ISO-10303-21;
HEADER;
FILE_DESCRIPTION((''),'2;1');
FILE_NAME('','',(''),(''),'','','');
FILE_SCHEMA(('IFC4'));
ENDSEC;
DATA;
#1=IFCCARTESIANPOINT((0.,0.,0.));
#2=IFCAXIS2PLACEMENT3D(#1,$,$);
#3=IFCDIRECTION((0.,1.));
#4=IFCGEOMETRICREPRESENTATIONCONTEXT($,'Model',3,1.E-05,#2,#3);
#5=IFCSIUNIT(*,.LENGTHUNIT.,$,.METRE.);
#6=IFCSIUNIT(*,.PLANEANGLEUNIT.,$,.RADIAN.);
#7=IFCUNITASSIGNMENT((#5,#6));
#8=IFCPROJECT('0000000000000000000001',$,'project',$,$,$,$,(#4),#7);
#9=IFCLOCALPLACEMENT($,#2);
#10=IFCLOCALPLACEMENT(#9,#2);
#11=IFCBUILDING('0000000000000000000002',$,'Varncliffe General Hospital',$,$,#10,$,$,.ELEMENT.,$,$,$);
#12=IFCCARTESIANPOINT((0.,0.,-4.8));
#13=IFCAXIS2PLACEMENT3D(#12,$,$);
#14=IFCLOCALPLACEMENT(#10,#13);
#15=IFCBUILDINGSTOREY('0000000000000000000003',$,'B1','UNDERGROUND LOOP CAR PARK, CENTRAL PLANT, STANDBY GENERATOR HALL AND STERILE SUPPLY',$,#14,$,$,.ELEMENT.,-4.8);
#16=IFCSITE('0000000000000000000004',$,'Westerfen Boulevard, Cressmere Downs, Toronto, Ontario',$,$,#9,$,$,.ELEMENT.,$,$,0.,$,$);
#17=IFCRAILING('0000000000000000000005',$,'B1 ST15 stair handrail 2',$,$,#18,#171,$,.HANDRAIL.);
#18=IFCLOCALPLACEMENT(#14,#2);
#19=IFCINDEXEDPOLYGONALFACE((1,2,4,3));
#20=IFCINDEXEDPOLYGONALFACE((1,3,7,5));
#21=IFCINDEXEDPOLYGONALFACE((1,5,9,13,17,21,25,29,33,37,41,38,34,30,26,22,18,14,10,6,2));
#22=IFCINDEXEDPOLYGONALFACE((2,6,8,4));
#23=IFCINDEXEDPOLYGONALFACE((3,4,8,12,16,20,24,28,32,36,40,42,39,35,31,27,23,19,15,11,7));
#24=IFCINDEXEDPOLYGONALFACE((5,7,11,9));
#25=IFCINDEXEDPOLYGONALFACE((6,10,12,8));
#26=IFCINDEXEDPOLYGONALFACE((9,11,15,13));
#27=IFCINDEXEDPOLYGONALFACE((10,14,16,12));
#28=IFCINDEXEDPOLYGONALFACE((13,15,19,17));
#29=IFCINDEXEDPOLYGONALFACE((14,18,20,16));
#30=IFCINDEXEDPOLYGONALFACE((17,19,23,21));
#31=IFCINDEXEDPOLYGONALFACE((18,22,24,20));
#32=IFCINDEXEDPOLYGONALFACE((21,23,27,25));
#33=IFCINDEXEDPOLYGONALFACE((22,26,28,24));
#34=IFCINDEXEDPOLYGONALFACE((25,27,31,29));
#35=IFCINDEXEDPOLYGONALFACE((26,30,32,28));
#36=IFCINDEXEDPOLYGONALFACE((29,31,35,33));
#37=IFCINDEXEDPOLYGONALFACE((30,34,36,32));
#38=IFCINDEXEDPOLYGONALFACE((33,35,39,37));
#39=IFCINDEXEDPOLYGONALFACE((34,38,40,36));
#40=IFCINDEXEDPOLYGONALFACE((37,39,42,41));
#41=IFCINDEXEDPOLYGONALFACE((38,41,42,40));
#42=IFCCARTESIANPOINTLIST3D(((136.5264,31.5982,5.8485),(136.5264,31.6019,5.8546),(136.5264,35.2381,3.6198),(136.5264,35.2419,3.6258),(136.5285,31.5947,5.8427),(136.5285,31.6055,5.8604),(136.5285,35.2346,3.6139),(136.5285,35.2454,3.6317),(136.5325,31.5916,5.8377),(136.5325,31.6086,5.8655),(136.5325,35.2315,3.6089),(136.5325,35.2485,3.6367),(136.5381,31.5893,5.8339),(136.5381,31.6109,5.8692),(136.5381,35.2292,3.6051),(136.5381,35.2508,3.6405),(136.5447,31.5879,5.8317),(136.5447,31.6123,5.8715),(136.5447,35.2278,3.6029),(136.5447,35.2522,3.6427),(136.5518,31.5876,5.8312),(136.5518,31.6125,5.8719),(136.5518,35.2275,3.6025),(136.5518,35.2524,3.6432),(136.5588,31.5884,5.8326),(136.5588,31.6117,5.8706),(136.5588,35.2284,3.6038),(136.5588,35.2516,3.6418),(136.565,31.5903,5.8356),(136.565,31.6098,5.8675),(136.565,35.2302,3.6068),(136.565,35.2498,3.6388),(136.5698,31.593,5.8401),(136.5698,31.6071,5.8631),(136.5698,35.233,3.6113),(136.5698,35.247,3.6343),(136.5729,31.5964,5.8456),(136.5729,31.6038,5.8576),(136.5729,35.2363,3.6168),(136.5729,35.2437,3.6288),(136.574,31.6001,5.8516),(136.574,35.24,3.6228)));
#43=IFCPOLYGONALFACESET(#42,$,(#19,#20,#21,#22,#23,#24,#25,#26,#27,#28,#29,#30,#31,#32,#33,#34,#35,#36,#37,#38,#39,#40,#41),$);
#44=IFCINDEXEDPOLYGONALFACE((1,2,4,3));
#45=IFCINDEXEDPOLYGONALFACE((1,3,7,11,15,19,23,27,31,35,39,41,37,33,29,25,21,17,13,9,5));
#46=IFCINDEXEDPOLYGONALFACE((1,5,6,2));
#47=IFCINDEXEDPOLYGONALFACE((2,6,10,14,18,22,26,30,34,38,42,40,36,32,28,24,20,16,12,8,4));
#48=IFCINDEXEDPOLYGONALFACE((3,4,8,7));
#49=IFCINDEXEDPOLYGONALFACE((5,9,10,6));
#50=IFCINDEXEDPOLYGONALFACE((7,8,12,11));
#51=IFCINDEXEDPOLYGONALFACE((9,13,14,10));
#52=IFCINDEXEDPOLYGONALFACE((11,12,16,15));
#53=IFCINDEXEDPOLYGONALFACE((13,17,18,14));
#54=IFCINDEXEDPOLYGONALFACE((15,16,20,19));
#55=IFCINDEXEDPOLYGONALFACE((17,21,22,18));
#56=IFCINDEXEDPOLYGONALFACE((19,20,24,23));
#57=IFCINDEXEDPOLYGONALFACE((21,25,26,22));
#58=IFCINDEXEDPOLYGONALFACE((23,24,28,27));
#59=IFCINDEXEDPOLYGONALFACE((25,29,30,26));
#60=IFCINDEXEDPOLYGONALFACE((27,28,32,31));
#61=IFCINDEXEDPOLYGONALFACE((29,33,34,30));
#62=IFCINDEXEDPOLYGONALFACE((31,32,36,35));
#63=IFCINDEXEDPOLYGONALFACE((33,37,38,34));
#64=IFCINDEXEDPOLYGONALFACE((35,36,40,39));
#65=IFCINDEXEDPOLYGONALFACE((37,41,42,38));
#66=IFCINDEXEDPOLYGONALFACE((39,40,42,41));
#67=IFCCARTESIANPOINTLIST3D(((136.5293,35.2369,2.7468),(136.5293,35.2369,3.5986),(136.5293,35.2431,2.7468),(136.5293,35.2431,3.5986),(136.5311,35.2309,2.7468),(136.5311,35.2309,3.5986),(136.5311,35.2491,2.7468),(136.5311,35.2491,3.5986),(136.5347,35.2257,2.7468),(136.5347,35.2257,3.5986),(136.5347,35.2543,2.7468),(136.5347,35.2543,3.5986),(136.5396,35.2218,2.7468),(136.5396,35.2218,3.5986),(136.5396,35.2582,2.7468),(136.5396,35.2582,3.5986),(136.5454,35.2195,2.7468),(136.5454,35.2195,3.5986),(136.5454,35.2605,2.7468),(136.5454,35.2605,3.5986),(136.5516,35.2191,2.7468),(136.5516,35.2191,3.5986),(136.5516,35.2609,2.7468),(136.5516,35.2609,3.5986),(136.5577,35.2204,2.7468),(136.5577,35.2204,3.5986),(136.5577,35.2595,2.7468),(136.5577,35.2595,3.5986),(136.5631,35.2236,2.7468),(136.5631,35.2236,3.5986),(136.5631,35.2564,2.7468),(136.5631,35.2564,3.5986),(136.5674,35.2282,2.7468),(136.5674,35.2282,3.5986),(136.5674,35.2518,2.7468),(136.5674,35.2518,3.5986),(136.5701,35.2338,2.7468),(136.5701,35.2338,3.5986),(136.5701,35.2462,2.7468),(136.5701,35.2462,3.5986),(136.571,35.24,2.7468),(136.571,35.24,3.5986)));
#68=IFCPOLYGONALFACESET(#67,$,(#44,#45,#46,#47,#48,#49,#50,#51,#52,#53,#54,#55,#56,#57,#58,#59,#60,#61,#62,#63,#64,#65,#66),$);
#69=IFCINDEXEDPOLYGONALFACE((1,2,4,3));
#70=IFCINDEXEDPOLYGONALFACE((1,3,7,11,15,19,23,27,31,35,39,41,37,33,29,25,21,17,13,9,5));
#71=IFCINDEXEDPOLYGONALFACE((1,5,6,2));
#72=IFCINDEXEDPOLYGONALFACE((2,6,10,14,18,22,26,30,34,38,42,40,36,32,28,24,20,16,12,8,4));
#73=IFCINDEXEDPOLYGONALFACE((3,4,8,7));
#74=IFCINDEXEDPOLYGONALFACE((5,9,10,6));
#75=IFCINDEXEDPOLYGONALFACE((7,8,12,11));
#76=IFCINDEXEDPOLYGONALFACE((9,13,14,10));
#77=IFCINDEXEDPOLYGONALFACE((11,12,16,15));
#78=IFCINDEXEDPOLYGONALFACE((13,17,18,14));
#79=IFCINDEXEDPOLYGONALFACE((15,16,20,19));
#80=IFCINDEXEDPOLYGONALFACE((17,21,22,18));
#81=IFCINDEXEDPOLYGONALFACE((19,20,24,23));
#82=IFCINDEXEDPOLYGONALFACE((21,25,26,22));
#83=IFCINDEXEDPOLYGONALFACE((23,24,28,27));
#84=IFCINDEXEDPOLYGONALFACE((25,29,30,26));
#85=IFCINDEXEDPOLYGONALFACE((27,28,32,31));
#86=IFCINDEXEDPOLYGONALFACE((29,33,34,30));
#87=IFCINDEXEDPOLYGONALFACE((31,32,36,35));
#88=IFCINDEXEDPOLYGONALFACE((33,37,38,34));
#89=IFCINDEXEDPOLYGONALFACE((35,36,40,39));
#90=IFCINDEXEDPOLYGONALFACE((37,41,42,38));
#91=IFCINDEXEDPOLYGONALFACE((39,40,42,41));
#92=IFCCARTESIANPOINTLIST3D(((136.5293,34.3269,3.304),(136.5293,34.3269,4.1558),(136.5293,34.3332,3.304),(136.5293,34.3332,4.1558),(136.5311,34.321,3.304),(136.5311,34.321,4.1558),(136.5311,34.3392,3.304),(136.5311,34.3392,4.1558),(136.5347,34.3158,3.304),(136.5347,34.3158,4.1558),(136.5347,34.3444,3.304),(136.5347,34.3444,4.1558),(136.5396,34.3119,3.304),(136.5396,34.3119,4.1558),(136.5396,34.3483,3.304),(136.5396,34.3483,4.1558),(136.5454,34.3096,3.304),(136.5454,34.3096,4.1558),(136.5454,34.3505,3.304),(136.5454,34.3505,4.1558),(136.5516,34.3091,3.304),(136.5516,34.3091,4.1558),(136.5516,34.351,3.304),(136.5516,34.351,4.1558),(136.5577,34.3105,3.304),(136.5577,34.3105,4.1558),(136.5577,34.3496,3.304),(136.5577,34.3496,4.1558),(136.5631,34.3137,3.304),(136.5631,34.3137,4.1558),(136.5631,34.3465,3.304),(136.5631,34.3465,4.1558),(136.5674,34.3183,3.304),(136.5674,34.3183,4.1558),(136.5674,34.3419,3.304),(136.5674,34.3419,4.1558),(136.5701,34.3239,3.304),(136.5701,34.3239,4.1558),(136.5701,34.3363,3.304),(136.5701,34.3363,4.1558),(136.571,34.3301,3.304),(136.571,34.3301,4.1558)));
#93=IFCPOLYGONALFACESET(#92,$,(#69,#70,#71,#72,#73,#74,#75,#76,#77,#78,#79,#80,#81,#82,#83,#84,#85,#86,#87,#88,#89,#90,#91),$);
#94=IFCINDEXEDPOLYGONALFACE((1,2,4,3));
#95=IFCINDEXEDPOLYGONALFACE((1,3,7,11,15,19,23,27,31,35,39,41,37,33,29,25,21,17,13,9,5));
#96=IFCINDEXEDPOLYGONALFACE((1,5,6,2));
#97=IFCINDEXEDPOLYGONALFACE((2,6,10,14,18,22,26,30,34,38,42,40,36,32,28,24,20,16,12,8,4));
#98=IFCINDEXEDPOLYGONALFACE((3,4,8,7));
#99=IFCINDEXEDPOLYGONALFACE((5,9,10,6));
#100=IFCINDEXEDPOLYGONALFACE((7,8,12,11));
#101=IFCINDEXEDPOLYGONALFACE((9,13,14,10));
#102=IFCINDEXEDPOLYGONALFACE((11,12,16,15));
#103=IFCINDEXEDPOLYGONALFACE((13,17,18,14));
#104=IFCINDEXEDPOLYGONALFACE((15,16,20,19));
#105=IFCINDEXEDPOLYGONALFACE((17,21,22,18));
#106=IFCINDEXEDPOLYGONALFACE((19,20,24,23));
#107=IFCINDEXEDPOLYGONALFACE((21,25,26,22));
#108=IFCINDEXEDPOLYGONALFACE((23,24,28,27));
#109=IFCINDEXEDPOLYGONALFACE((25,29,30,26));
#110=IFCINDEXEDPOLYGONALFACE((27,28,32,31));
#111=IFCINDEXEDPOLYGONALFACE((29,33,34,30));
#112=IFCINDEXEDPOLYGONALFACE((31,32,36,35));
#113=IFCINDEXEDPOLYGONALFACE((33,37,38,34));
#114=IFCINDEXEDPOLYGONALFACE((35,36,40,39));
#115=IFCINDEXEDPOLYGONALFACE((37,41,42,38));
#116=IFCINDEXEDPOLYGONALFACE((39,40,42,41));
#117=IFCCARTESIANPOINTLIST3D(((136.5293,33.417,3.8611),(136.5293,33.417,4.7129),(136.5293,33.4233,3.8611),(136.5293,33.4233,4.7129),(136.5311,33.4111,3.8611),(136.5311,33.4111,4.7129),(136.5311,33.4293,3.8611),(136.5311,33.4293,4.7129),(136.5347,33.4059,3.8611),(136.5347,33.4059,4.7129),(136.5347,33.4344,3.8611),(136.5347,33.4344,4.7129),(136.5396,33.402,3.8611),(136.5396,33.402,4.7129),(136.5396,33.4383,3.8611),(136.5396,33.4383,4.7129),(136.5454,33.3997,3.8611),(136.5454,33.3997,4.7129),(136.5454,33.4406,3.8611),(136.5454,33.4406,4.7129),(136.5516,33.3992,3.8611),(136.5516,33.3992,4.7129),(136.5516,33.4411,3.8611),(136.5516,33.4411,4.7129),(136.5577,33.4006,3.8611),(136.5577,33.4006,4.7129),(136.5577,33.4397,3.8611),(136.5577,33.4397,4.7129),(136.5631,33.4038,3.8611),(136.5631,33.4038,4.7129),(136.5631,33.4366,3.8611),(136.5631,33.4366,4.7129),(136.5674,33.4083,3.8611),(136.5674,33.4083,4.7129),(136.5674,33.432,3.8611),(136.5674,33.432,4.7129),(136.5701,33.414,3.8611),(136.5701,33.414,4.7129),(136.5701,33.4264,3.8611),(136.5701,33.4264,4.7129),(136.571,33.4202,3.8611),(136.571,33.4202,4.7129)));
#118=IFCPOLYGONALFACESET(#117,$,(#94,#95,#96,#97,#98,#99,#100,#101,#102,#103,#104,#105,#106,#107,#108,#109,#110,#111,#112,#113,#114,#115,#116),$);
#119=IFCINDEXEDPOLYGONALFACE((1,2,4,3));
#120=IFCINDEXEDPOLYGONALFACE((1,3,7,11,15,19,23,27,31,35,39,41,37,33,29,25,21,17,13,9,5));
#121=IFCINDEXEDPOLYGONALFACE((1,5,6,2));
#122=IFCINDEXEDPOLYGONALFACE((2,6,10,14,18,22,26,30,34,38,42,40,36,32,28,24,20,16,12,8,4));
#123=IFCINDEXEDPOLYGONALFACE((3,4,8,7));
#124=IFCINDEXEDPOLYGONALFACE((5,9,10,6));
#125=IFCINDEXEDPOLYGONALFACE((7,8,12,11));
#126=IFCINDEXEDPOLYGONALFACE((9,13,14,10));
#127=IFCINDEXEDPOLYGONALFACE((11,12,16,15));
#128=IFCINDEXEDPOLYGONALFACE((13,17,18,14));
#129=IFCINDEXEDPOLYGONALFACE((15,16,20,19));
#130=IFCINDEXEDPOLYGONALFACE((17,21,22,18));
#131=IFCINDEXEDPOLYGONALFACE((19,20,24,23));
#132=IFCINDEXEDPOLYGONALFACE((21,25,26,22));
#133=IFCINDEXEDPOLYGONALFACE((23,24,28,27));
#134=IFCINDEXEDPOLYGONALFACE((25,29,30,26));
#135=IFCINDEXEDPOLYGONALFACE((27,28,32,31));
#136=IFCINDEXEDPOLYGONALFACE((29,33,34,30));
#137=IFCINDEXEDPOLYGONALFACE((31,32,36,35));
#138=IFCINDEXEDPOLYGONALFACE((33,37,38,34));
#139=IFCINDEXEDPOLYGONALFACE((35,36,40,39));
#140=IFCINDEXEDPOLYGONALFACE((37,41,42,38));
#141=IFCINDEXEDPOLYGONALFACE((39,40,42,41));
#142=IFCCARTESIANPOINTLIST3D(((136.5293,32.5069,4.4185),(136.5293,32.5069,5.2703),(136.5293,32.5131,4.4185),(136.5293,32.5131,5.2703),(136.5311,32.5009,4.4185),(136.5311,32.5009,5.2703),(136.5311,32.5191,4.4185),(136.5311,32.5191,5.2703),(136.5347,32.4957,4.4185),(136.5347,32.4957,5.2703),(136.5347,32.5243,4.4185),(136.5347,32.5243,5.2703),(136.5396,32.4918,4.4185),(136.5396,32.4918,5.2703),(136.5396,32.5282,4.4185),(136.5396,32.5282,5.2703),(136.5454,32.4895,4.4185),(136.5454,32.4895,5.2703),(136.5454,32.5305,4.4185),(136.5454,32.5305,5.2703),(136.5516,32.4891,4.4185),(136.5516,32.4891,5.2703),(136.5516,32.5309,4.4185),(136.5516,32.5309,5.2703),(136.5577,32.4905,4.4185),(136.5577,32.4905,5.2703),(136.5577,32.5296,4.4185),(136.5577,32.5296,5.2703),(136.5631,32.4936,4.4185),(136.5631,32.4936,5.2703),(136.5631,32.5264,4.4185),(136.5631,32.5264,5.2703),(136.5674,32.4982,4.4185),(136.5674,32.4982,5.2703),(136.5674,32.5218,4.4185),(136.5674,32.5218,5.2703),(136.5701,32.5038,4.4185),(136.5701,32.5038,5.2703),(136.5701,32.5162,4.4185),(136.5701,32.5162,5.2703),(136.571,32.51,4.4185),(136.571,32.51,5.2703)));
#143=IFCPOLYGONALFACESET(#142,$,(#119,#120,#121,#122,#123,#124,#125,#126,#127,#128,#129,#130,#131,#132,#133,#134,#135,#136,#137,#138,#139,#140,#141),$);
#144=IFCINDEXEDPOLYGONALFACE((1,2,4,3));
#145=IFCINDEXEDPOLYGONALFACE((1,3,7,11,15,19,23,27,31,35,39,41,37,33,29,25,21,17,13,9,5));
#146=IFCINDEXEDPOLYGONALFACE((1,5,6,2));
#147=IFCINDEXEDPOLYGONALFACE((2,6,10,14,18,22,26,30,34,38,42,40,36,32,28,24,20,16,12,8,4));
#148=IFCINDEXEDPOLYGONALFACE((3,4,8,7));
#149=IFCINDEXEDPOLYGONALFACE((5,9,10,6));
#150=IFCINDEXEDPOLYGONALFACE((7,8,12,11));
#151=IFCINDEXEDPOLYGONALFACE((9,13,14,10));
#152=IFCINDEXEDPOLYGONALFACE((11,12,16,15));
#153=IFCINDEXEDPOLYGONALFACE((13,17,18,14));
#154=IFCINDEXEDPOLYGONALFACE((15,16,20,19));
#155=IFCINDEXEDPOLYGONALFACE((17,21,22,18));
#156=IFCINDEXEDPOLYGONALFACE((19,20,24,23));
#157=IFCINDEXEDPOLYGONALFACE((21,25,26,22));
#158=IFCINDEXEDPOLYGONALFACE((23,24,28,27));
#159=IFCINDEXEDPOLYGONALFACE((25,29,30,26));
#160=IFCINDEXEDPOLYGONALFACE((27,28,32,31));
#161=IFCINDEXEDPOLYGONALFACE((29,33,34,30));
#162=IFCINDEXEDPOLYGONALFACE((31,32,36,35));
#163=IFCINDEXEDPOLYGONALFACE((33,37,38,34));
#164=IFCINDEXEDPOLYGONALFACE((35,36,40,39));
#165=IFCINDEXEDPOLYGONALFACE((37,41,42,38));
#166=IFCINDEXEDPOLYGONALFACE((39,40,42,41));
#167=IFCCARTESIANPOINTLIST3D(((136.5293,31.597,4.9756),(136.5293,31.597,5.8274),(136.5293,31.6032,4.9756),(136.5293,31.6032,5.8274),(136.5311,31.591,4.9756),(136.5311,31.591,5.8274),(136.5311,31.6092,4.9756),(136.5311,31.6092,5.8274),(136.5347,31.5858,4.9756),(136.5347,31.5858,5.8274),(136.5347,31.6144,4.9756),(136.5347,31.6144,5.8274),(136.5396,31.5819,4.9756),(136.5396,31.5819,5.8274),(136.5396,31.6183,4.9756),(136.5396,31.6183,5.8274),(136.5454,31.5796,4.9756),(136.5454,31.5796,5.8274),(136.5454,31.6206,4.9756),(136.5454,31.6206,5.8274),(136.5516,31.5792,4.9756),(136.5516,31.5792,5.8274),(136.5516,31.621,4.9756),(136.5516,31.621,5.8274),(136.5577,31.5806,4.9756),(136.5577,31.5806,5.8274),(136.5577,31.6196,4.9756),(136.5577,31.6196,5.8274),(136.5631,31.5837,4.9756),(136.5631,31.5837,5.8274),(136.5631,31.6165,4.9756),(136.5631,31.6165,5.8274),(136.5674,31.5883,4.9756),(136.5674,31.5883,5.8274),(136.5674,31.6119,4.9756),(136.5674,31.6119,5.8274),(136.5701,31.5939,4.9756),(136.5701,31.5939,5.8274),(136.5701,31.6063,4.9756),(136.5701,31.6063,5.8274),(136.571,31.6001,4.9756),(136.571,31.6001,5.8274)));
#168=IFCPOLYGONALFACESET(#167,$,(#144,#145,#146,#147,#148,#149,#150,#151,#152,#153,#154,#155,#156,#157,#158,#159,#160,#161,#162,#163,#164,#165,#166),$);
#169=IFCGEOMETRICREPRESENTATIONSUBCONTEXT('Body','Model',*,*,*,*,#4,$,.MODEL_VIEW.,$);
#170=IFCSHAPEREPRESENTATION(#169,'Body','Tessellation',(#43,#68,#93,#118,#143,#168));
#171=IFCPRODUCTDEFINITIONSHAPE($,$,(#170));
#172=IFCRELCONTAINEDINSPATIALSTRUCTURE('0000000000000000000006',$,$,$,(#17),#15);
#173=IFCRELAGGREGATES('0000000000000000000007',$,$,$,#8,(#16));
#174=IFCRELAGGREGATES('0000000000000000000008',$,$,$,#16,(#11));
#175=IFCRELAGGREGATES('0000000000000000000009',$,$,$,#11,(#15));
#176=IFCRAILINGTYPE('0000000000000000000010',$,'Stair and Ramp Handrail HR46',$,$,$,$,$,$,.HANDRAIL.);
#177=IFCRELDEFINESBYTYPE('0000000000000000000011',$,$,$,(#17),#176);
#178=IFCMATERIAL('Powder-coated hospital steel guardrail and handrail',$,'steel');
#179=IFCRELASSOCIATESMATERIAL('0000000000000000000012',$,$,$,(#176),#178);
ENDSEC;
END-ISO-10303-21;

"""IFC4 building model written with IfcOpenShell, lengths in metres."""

from ifc_helpers import new_model, si_unit, direction, frame, origin, origin_2d, place, context, subcontext, project, spatial, circle, extrude, material, type_object, element, save


model = new_model("IFC4")

# Units and contexts
model_context = context("Model", 3, precision=1e-05, world=origin(), true_north=direction((0.0, 1.0)))
body_context = subcontext(model_context, "Body", "Model", "MODEL_VIEW")
ifc_project = project(units=[si_unit("LENGTHUNIT", "METRE"), si_unit("PLANEANGLEUNIT", "RADIAN")], contexts=[model_context])

# Site, building, storey
site_placement = place(None, origin())
site = spatial("IfcSite", under=ifc_project, at=site_placement, Name="Westerfen Boulevard, Cressmere Downs, Toronto, Ontario", CompositionType="ELEMENT", RefElevation=0.0)
building_placement = place(site_placement, origin())
building = spatial("IfcBuilding", under=site, at=building_placement, Name="Varncliffe General Hospital", CompositionType="ELEMENT")
storey_placement = place(building_placement, frame((0.0, 0.0, -4.8)))
storey = spatial("IfcBuildingStorey", under=building, at=storey_placement, Name="B1", Description="UNDERGROUND LOOP CAR PARK, CENTRAL PLANT, STANDBY GENERATOR HALL AND STERILE SUPPLY", CompositionType="ELEMENT", Elevation=-4.8)

# Railing
ifc_material_1 = material(Name="Powder-coated hospital steel guardrail and handrail", Category="steel")
railing_type_1 = type_object("IfcRailingType", Name="Stair and Ramp Handrail HR46", PredefinedType="HANDRAIL", material=ifc_material_1)
railing_1_placement = place(storey_placement, frame((136.55, 35.24, 2.7468)))
element("IfcRailing", 1, at=railing_1_placement, inside=storey, type_object=railing_type_1, Name="B1 ST15 stair handrail 2", PredefinedType="HANDRAIL", context=body_context, shape_type="SweptSolid", body=[
    extrude(circle(Radius=0.0239, at=origin_2d()), frame((0.0, 0.0, 0.876), z_axis=(0.0, -0.852825, 0.522197), x_axis=(1.0, 0.0, 0.0)), (0.0, 0.0, 1.0), 4.2681),
    extrude(circle(Radius=0.021, at=origin_2d()), origin(), (0.0, 0.0, 1.0), 0.8518),
    extrude(circle(Radius=0.021, at=origin_2d()), frame((0.0, -0.9099, 0.5571)), (0.0, 0.0, 1.0), 0.8518),
    extrude(circle(Radius=0.021, at=origin_2d()), frame((0.0, -1.8198, 1.1143)), (0.0, 0.0, 1.0), 0.8518),
    extrude(circle(Radius=0.021, at=origin_2d()), frame((0.0, -2.73, 1.6716)), (0.0, 0.0, 1.0), 0.8518),
    extrude(circle(Radius=0.021, at=origin_2d()), frame((0.0, -3.6399, 2.2288)), (0.0, 0.0, 1.0), 0.8518),
])

save(model, "model.ifc")
